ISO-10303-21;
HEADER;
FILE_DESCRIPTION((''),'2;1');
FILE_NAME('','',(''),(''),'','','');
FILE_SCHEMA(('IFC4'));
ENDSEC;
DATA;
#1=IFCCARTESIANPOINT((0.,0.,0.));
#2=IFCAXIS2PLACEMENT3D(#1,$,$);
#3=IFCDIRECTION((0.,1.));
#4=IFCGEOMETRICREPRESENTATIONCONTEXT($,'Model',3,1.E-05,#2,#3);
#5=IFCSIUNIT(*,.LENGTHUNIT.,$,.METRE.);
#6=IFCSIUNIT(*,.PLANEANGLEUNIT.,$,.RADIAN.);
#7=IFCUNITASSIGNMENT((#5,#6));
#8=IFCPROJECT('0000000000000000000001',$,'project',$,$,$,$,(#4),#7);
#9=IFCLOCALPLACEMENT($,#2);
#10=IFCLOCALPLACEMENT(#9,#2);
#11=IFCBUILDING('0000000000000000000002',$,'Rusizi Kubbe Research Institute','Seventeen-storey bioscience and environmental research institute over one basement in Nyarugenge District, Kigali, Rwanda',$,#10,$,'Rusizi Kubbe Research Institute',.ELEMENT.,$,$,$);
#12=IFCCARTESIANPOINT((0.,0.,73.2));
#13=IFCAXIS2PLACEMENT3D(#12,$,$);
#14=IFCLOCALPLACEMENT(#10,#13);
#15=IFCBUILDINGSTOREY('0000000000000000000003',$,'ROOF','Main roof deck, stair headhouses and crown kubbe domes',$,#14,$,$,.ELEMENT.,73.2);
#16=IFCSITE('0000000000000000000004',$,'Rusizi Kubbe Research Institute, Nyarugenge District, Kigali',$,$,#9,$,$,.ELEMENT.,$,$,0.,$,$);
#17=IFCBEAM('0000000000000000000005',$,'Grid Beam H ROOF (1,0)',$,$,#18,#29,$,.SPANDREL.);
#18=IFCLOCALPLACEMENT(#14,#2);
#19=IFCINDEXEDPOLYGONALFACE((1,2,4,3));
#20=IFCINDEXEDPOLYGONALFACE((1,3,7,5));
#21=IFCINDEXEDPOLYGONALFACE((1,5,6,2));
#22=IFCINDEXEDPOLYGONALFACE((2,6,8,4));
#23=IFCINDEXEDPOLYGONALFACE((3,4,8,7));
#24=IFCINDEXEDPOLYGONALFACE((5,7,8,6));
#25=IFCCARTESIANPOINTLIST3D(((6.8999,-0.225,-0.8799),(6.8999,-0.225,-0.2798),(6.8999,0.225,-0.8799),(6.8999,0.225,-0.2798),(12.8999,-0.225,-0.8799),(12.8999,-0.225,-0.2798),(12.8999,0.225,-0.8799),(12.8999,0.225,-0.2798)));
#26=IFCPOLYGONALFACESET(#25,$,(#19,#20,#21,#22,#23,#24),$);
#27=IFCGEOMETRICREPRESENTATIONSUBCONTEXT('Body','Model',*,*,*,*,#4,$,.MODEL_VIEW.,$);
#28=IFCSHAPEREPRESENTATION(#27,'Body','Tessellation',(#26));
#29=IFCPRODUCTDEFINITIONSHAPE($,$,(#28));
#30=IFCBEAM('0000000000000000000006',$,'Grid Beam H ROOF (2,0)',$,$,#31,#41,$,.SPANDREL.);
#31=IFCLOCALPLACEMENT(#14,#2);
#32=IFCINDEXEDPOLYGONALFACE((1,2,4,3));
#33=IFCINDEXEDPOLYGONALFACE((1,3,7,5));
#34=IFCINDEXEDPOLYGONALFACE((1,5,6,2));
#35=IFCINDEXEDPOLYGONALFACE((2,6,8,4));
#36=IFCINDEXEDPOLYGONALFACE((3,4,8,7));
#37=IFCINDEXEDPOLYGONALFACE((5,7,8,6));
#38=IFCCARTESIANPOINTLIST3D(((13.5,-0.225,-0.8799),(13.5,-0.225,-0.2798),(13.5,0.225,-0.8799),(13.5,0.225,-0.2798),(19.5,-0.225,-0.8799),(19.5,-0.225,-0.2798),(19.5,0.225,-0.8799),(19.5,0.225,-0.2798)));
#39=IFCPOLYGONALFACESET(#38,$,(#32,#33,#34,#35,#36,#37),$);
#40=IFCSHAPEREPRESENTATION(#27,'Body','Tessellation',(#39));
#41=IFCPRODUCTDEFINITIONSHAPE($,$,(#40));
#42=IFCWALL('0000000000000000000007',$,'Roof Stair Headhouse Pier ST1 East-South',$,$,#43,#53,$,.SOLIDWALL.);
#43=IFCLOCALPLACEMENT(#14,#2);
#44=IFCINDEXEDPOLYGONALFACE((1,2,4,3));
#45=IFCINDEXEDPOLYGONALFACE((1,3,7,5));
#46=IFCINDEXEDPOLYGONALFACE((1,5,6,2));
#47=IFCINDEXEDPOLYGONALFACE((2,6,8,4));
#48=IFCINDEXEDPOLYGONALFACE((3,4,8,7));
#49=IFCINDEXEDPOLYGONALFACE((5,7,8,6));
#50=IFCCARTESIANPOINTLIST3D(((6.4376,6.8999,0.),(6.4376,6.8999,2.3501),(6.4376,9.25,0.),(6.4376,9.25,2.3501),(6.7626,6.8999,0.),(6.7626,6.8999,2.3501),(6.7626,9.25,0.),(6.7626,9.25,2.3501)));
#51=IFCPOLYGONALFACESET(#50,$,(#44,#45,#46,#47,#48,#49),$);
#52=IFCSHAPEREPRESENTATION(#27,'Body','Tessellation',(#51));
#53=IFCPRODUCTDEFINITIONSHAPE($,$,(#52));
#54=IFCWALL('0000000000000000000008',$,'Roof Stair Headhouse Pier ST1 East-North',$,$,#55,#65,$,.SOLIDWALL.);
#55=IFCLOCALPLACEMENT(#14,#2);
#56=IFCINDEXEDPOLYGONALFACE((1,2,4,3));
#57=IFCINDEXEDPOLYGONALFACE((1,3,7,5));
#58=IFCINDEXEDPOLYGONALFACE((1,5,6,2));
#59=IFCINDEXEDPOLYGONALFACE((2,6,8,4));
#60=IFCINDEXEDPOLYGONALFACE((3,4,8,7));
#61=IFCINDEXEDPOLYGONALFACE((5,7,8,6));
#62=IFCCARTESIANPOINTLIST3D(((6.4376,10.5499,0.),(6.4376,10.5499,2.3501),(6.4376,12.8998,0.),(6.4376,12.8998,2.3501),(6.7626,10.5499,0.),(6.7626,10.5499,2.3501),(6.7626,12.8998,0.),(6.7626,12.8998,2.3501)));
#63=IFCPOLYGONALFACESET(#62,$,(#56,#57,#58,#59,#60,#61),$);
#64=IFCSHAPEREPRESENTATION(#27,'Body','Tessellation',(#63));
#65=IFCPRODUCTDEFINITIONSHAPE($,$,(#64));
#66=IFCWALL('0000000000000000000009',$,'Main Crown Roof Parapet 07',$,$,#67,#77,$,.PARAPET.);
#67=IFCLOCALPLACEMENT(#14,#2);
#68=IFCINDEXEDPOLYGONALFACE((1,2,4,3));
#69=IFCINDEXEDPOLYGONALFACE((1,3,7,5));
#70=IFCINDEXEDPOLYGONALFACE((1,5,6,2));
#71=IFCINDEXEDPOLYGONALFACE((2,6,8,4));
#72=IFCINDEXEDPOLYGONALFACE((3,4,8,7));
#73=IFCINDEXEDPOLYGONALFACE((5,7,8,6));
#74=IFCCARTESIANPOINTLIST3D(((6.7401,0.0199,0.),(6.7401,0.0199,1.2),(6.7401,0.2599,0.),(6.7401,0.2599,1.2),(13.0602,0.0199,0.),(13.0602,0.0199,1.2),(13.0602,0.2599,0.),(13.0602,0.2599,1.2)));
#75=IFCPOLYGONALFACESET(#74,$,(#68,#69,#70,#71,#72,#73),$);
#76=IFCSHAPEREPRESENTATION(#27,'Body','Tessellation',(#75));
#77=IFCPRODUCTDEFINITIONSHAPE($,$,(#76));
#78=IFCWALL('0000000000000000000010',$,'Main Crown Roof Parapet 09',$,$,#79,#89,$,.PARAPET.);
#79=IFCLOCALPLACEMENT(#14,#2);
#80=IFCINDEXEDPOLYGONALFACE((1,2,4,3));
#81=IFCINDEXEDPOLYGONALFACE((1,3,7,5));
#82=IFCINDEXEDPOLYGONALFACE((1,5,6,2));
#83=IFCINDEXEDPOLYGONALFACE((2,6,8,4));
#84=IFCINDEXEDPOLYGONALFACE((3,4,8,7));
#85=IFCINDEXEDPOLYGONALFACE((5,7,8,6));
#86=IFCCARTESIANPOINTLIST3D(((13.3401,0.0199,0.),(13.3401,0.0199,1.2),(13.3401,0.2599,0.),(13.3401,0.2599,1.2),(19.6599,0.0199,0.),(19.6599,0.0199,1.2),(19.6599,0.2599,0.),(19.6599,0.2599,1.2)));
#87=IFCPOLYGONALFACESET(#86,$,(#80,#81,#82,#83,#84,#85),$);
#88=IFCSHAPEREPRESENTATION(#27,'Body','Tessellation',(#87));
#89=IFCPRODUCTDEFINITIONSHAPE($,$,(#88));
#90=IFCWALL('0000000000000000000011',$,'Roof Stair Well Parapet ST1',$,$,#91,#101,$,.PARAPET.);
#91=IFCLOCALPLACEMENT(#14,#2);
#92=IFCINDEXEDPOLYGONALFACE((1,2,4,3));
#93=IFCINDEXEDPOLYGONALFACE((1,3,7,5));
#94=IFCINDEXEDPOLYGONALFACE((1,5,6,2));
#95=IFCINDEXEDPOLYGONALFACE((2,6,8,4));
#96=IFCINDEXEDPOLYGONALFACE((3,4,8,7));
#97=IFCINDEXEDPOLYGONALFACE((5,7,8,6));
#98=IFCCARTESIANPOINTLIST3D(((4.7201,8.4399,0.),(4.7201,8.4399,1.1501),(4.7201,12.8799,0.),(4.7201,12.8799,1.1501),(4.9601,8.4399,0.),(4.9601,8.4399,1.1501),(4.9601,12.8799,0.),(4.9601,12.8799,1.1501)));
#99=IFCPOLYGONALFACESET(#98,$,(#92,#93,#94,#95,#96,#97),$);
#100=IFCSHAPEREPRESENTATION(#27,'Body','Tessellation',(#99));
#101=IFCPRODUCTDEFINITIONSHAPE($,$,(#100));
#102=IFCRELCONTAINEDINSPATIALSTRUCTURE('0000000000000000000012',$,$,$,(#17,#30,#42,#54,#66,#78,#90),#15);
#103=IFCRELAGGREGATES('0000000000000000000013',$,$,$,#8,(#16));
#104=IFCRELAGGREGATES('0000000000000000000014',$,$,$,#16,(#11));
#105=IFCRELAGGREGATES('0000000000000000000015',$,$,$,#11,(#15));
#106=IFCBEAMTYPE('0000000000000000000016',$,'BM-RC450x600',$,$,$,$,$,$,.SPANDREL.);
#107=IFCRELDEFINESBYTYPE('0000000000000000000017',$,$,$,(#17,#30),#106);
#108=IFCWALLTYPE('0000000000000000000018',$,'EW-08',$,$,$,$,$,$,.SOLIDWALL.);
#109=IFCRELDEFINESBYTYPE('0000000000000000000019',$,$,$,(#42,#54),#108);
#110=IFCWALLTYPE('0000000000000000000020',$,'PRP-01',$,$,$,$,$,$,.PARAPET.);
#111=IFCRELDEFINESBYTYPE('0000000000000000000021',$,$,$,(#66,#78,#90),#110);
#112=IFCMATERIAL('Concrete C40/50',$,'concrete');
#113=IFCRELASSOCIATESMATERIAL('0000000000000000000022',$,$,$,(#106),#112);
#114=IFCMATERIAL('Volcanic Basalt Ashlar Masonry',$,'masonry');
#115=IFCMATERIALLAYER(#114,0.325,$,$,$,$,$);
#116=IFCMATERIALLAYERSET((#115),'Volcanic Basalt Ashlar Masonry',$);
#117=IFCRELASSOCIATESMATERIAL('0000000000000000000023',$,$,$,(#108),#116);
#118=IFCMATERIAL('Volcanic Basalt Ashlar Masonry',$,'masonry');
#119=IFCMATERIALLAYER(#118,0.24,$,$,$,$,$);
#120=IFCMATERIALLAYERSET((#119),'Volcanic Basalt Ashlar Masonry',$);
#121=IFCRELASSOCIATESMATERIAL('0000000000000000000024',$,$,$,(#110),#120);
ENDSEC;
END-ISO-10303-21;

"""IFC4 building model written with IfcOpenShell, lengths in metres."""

from ifc_helpers import new_model, si_unit, direction, frame, frame_2d, origin, origin_2d, place, context, subcontext, project, spatial, rectangle, extrude, material, layer, layer_set, material_profile, profile_set, type_object, element, save


model = new_model("IFC4")

# Units and contexts
model_context = context("Model", 3, precision=1e-05, world=origin(), true_north=direction((0.0, 1.0)))
body_context = subcontext(model_context, "Body", "Model", "MODEL_VIEW")
ifc_project = project(units=[si_unit("LENGTHUNIT", "METRE"), si_unit("PLANEANGLEUNIT", "RADIAN")], contexts=[model_context])

# Site, building, storey
site_placement = place(None, origin())
site = spatial("IfcSite", under=ifc_project, at=site_placement, Name="Rusizi Kubbe Research Institute, Nyarugenge District, Kigali", CompositionType="ELEMENT", RefElevation=0.0)
building_placement = place(site_placement, origin())
building = spatial("IfcBuilding", under=site, at=building_placement, Name="Rusizi Kubbe Research Institute", Description="Seventeen-storey bioscience and environmental research institute over one basement in Nyarugenge District, Kigali, Rwanda", LongName="Rusizi Kubbe Research Institute", CompositionType="ELEMENT")
storey_placement = place(building_placement, frame((0.0, 0.0, 73.2)))
storey = spatial("IfcBuildingStorey", under=building, at=storey_placement, Name="ROOF", Description="Main roof deck, stair headhouses and crown kubbe domes", CompositionType="ELEMENT", Elevation=73.2)

# Beams
ifc_material_1 = material(Name="Concrete C40/50", Category="concrete")
ifc_material_profile_1 = material_profile(ifc_material_1, rectangle(XDim=0.45, YDim=0.6001, at=origin_2d()), Name="RC450x600")
ifc_profile_set_1 = profile_set([ifc_material_profile_1], Name="Concrete C40/50")
beam_type_1 = type_object("IfcBeamType", Name="BM-RC450x600", PredefinedType="SPANDREL", material=ifc_profile_set_1)
for number, where, z_axis, x_axis, name in (
    (1, (6.8999, 0.0, -0.5798), (1.0, 0.0, 0.0), (0.0, 1.0, 0.0), "Grid Beam H ROOF (1,0)"),
    (2, (13.5, 0.0, -0.5798), (1.0, 0.0, 0.0), (0.0, 1.0, 0.0), "Grid Beam H ROOF (2,0)"),
):
    element("IfcBeam", number, at=place(storey_placement, frame(where, z_axis=z_axis, x_axis=x_axis)), inside=storey, type_object=beam_type_1, Name=name, PredefinedType="SPANDREL", context=body_context, shape_type="SweptSolid", body=[
        extrude(rectangle(XDim=0.45, YDim=0.6001, at=origin_2d()), origin(), (0.0, 0.0, 1.0), 6.0),
    ])

# Walls
ifc_material_2 = material(Name="Volcanic Basalt Ashlar Masonry", Category="masonry")
ifc_layer_1 = layer(ifc_material_2, 0.325)
ifc_layer_set_1 = layer_set([ifc_layer_1], Name="Volcanic Basalt Ashlar Masonry")
wall_type_1 = type_object("IfcWallType", Name="EW-08", PredefinedType="SOLIDWALL", material=ifc_layer_set_1)
wall_1_placement = place(storey_placement, frame((6.6001, 6.8999, 0.0), z_axis=(0.0, 0.0, 1.0), x_axis=(0.0, 1.0, 0.0)))
element("IfcWall", 3, at=wall_1_placement, inside=storey, type_object=wall_type_1, Name="Roof Stair Headhouse Pier ST1 East-South", PredefinedType="SOLIDWALL", context=body_context, shape_type="SweptSolid", body=[
    extrude(rectangle(XDim=2.3501, YDim=0.325, at=frame_2d((1.175, 0.0))), origin(), (0.0, 0.0, 1.0), 2.3501),
])
wall_2_placement = place(storey_placement, frame((6.6001, 10.55, 0.0), z_axis=(0.0, 0.0, 1.0), x_axis=(0.0, 1.0, 0.0)))
element("IfcWall", 4, at=wall_2_placement, inside=storey, type_object=wall_type_1, Name="Roof Stair Headhouse Pier ST1 East-North", PredefinedType="SOLIDWALL", context=body_context, shape_type="SweptSolid", body=[
    extrude(rectangle(XDim=2.3499, YDim=0.325, at=frame_2d((1.1748, 0.0))), origin(), (0.0, 0.0, 1.0), 2.3501),
])
ifc_material_3 = material(Name="Volcanic Basalt Ashlar Masonry", Category="masonry")
ifc_layer_2 = layer(ifc_material_3, 0.24)
ifc_layer_set_2 = layer_set([ifc_layer_2], Name="Volcanic Basalt Ashlar Masonry")
wall_type_2 = type_object("IfcWallType", Name="PRP-01", PredefinedType="PARAPET", material=ifc_layer_set_2)
wall_3_placement = place(storey_placement, frame((6.74, 0.1399, 0.0), z_axis=(0.0, 0.0, 1.0), x_axis=(1.0, 0.0, 0.0)))
element("IfcWall", 5, at=wall_3_placement, inside=storey, type_object=wall_type_2, Name="Main Crown Roof Parapet 07", PredefinedType="PARAPET", context=body_context, shape_type="SweptSolid", body=[
    extrude(rectangle(XDim=6.3201, YDim=0.24, at=frame_2d((3.1602, 0.0))), origin(), (0.0, 0.0, 1.0), 1.2),
])
wall_4_placement = place(storey_placement, frame((13.3401, 0.1399, 0.0), z_axis=(0.0, 0.0, 1.0), x_axis=(1.0, 0.0, 0.0)))
element("IfcWall", 6, at=wall_4_placement, inside=storey, type_object=wall_type_2, Name="Main Crown Roof Parapet 09", PredefinedType="PARAPET", context=body_context, shape_type="SweptSolid", body=[
    extrude(rectangle(XDim=6.3198, YDim=0.24, at=frame_2d((3.1599, 0.0))), origin(), (0.0, 0.0, 1.0), 1.2),
])
wall_5_placement = place(storey_placement, frame((4.8401, 12.8799, 0.0), z_axis=(0.0, 0.0, 1.0), x_axis=(0.0, -1.0, 0.0)))
element("IfcWall", 7, at=wall_5_placement, inside=storey, type_object=wall_type_2, Name="Roof Stair Well Parapet ST1", PredefinedType="PARAPET", context=body_context, shape_type="SweptSolid", body=[
    extrude(rectangle(XDim=4.4399, YDim=0.24, at=frame_2d((2.22, 0.0))), origin(), (0.0, 0.0, 1.0), 1.1501),
])

save(model, "model.ifc")
